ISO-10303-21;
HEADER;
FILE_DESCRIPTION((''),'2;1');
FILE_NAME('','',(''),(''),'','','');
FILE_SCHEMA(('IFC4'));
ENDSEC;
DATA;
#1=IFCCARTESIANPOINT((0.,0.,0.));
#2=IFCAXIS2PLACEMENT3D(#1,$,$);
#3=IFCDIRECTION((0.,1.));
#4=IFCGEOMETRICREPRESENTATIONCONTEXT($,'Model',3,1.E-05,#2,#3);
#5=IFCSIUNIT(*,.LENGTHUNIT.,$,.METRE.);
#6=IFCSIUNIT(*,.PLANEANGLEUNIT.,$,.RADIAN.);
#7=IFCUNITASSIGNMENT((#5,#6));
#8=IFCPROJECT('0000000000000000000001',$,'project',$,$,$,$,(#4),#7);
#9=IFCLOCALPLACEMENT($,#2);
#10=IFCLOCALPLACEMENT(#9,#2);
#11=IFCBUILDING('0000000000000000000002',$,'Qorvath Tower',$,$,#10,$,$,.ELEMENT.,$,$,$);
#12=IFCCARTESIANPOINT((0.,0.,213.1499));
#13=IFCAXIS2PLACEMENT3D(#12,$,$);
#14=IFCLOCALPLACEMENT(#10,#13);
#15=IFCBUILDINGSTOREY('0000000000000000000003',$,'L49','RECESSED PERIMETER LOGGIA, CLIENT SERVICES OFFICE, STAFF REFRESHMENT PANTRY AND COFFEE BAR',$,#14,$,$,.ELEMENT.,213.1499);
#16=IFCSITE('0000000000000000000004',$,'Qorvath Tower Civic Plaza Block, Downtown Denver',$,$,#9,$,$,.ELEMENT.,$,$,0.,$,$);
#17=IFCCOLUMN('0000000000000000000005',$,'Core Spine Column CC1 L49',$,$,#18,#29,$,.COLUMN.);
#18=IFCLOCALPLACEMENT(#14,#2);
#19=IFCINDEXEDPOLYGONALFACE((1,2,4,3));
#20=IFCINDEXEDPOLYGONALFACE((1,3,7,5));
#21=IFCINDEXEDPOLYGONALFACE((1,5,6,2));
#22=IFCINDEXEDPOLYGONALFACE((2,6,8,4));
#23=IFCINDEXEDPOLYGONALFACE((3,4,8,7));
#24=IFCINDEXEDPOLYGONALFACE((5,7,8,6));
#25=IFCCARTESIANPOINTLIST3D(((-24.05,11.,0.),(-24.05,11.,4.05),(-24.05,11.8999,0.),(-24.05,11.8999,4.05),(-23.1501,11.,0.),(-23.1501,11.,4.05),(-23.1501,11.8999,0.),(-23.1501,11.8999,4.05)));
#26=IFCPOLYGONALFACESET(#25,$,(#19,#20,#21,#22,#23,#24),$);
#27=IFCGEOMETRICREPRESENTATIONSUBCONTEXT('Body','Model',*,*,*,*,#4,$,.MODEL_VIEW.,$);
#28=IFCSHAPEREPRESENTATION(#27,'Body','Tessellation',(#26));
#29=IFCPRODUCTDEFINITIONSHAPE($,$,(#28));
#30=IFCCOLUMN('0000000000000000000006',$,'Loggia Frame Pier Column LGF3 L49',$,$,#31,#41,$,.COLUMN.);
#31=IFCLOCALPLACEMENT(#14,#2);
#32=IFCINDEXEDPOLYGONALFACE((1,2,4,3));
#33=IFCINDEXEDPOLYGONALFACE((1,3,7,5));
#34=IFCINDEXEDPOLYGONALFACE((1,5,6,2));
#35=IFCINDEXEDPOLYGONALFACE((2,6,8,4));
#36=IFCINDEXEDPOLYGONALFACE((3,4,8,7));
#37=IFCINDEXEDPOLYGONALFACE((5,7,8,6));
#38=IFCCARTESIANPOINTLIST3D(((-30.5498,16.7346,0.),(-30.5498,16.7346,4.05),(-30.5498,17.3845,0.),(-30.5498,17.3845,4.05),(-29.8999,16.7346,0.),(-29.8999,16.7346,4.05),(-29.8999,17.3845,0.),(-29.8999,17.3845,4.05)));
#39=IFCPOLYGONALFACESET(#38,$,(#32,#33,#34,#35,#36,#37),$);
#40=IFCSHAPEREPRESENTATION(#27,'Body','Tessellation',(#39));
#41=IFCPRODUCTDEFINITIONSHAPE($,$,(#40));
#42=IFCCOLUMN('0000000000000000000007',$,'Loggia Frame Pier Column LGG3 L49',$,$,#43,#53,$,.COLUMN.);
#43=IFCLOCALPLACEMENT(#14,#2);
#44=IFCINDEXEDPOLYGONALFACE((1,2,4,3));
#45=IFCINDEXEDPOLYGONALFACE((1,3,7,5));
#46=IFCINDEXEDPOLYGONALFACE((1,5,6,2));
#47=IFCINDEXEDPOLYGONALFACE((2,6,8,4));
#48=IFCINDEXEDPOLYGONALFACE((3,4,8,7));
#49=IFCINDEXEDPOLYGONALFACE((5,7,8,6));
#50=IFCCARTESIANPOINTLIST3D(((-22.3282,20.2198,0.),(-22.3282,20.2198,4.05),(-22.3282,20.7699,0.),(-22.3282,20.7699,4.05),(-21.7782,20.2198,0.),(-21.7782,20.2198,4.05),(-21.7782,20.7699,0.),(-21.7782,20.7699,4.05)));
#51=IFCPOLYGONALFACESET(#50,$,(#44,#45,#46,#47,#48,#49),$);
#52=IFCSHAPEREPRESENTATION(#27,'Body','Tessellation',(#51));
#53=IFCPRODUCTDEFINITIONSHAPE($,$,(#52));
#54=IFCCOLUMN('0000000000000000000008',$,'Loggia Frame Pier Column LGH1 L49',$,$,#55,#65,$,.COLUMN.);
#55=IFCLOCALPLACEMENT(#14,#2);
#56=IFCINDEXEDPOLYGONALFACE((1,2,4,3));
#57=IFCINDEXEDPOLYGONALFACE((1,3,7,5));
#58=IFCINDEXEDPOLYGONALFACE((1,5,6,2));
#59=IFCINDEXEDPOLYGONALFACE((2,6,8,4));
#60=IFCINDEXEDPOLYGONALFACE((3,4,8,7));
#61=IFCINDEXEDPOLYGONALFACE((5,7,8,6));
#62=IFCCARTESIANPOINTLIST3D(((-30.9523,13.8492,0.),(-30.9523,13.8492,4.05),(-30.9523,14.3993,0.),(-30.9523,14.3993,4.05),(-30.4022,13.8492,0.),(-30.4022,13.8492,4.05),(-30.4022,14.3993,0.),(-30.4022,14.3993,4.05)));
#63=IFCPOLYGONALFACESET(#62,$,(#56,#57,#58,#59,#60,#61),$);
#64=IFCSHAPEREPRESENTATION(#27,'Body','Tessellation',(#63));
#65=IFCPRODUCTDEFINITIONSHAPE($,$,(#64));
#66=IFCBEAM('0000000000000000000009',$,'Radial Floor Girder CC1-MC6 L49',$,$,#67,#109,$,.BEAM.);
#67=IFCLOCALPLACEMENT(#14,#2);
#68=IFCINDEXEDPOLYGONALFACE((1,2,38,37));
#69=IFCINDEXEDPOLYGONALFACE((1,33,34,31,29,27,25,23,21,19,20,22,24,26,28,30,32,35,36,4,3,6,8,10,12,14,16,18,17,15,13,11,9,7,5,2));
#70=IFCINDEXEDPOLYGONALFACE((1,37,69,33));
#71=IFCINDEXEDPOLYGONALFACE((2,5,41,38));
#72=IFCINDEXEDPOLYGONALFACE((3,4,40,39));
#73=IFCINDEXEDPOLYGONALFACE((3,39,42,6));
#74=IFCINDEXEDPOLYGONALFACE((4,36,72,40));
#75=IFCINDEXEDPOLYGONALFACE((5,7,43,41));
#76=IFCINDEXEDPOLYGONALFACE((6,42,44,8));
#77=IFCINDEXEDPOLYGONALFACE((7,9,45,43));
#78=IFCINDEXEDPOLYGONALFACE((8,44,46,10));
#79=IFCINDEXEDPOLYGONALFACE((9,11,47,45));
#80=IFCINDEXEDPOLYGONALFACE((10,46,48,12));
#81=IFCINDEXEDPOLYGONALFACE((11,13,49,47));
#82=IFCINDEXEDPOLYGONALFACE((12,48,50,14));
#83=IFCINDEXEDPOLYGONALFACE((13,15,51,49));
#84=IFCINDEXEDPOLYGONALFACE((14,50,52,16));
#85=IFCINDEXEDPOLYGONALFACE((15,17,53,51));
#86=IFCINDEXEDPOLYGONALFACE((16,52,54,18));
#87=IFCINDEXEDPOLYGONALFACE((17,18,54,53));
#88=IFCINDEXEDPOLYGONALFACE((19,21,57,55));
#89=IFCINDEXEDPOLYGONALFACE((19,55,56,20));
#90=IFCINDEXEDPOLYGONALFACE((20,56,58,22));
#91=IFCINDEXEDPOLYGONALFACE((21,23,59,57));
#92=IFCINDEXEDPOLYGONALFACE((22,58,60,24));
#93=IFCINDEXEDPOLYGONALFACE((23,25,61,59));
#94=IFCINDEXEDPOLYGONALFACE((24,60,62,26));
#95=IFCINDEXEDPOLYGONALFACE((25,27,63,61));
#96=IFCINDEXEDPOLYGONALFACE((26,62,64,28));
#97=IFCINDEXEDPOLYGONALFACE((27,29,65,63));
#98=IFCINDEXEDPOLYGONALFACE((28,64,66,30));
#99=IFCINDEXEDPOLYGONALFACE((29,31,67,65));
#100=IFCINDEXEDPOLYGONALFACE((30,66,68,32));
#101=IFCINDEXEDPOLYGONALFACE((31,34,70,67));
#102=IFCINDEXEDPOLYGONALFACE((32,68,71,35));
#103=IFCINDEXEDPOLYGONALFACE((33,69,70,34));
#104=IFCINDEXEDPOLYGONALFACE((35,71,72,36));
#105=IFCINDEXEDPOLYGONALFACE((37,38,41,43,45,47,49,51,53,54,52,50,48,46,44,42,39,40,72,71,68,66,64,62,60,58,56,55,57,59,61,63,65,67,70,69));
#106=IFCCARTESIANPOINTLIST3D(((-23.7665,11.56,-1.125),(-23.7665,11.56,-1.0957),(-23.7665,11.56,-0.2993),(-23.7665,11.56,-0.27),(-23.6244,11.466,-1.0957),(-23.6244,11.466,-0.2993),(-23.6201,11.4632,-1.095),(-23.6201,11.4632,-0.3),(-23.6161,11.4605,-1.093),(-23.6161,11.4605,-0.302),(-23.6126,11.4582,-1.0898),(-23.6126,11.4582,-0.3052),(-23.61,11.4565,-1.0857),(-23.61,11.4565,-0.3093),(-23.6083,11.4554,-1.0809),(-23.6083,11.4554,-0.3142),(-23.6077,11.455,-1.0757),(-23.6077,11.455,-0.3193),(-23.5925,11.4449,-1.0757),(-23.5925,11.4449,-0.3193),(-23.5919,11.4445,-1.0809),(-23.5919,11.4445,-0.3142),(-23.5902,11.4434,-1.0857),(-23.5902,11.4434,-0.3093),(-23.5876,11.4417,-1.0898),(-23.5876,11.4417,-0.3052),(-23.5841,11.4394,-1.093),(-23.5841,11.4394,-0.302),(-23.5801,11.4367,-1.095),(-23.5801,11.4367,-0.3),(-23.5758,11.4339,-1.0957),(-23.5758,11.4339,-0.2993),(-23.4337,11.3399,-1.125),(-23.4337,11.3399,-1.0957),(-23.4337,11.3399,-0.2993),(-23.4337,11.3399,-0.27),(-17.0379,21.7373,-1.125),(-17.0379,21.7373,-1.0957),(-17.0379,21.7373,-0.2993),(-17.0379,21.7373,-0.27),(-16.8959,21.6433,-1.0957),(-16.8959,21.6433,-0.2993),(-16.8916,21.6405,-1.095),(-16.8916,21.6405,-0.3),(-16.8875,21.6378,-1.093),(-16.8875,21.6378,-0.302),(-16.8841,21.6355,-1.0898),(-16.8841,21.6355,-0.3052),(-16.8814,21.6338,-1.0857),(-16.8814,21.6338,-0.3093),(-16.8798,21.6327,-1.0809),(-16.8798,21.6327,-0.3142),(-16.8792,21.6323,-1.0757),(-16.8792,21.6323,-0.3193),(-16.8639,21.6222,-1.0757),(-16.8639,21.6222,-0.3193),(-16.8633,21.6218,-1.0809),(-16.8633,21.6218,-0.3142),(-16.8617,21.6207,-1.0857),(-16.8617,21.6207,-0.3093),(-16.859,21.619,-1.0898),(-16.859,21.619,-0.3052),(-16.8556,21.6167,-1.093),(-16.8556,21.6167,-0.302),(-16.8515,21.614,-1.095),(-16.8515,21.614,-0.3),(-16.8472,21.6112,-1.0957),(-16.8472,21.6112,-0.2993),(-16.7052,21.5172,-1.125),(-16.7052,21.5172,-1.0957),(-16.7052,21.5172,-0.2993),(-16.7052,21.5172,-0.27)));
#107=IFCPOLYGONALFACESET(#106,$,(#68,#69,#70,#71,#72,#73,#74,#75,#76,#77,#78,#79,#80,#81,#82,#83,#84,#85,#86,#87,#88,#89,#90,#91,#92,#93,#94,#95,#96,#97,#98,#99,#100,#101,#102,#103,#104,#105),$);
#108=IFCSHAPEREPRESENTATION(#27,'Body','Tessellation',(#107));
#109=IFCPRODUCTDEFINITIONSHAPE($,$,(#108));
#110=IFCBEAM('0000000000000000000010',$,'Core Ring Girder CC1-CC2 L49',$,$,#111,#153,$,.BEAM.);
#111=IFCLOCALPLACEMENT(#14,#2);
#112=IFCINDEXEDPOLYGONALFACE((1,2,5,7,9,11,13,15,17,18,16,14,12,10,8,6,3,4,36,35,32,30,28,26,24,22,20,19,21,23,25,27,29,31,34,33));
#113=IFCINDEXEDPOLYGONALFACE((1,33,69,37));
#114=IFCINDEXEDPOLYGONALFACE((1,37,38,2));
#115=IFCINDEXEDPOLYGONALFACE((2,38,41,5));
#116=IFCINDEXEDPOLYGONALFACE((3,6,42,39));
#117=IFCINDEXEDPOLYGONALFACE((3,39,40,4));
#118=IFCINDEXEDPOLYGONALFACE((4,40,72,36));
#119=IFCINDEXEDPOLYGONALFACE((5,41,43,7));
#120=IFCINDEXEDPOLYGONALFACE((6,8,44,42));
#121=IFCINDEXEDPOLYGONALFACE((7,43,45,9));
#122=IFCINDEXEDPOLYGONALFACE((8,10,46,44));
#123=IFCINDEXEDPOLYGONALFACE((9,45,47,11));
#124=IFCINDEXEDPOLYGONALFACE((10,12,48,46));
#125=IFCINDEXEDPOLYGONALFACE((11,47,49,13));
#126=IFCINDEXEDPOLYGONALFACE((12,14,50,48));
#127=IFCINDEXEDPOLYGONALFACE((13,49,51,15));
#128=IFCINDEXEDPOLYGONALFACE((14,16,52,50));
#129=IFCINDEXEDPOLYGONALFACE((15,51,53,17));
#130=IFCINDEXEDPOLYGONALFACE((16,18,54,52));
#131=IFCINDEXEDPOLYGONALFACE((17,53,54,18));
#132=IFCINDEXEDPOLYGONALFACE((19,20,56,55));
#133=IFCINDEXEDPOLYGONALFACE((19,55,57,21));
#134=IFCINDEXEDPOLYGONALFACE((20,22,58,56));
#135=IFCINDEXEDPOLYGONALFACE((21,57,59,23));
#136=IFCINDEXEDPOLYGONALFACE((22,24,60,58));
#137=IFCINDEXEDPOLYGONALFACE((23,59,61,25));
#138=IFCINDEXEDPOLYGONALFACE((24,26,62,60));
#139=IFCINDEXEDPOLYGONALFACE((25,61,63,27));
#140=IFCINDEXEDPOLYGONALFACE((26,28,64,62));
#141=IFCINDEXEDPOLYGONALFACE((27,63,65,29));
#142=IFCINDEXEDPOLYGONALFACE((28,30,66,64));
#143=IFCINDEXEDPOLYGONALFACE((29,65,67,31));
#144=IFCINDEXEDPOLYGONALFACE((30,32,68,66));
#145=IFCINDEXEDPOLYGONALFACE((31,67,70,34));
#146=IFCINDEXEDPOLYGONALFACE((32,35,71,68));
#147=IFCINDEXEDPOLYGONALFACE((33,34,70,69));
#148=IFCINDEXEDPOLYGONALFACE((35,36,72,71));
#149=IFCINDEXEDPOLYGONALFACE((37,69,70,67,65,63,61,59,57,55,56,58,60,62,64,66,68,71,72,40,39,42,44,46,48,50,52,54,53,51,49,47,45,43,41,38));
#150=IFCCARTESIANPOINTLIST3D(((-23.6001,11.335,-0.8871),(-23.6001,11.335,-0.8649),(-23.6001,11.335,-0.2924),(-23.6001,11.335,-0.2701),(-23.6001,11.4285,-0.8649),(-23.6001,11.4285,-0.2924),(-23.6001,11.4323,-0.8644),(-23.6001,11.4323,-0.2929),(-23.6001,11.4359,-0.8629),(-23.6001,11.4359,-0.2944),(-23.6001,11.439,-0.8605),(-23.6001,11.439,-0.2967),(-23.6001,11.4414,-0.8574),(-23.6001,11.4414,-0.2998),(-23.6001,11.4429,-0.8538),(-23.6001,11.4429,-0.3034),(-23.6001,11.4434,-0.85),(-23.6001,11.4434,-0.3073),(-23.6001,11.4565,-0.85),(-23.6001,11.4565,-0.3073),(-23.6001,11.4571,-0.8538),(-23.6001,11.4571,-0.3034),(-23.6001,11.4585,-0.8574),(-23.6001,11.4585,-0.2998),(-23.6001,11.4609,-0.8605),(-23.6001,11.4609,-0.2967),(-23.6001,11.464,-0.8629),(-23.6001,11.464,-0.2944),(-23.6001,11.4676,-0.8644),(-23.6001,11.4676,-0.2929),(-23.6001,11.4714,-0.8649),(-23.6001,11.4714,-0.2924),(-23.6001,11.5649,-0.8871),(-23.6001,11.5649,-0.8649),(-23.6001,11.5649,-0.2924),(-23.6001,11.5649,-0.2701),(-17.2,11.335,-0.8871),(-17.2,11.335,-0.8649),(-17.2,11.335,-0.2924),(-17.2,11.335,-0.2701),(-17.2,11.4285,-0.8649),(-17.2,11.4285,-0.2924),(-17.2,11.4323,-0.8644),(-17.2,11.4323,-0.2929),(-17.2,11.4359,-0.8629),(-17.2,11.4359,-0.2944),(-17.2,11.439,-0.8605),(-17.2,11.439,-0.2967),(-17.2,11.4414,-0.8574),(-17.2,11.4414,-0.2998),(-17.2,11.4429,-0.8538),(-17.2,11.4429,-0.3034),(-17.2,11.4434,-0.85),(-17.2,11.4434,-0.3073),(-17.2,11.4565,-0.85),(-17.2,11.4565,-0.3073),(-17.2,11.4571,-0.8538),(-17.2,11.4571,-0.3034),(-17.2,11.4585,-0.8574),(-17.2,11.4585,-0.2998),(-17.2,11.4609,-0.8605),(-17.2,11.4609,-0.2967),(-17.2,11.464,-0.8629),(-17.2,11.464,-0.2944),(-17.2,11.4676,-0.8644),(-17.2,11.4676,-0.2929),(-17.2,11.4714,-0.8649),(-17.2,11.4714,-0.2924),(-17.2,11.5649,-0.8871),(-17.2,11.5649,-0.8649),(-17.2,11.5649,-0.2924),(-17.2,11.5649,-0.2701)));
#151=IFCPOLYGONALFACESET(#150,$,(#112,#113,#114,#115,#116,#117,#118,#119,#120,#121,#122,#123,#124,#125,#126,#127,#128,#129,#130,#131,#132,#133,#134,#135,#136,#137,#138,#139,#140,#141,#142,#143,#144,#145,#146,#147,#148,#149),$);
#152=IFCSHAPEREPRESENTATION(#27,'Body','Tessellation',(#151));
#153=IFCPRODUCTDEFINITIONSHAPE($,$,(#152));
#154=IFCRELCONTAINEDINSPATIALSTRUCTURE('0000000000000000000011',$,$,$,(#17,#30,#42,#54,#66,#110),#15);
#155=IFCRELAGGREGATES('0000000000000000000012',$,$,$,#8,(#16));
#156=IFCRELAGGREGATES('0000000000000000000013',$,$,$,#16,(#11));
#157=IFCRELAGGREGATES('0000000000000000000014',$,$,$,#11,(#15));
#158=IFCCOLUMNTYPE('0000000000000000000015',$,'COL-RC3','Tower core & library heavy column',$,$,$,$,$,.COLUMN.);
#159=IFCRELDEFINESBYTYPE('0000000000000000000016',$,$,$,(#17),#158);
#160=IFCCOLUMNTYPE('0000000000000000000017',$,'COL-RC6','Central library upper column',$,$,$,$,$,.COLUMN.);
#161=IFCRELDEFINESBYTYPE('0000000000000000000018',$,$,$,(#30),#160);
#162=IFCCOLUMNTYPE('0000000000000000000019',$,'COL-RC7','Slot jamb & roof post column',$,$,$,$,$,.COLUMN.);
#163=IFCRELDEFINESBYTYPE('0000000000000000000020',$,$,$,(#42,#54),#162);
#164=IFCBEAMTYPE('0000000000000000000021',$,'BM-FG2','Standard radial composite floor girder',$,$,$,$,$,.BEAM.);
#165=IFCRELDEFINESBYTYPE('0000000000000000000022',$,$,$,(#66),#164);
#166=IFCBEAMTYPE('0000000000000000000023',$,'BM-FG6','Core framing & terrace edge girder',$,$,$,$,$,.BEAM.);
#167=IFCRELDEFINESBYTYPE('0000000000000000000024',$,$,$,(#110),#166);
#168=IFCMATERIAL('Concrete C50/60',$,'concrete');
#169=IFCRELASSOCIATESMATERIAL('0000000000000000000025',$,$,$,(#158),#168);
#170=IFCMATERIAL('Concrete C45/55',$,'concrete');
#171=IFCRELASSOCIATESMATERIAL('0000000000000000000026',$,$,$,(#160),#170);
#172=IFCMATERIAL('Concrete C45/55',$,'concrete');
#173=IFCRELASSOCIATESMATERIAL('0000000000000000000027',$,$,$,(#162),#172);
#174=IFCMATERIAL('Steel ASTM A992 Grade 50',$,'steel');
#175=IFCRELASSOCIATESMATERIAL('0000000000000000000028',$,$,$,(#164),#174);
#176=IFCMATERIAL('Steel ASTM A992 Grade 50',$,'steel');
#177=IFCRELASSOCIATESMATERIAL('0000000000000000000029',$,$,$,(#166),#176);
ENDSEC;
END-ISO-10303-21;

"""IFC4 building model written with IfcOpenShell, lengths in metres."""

from ifc_helpers import new_model, si_unit, direction, frame, origin, origin_2d, place, context, subcontext, project, spatial, rectangle, i_section, extrude, material, material_profile, profile_set, type_object, element, save


model = new_model("IFC4")

# Units and contexts
model_context = context("Model", 3, precision=1e-05, world=origin(), true_north=direction((0.0, 1.0)))
body_context = subcontext(model_context, "Body", "Model", "MODEL_VIEW")
ifc_project = project(units=[si_unit("LENGTHUNIT", "METRE"), si_unit("PLANEANGLEUNIT", "RADIAN")], contexts=[model_context])

# Site, building, storey
site_placement = place(None, origin())
site = spatial("IfcSite", under=ifc_project, at=site_placement, Name="Qorvath Tower Civic Plaza Block, Downtown Denver", CompositionType="ELEMENT", RefElevation=0.0)
building_placement = place(site_placement, origin())
building = spatial("IfcBuilding", under=site, at=building_placement, Name="Qorvath Tower", CompositionType="ELEMENT")
storey_placement = place(building_placement, frame((0.0, 0.0, 213.1499)))
storey = spatial("IfcBuildingStorey", under=building, at=storey_placement, Name="L49", Description="RECESSED PERIMETER LOGGIA, CLIENT SERVICES OFFICE, STAFF REFRESHMENT PANTRY AND COFFEE BAR", CompositionType="ELEMENT", Elevation=213.1499)

# Columns
ifc_material_1 = material(Name="Concrete C50/60", Category="concrete")
ifc_material_profile_1 = material_profile(ifc_material_1, rectangle(XDim=0.8999, YDim=0.8999, at=origin_2d()), Name="RC 900x900")
ifc_profile_set_1 = profile_set([ifc_material_profile_1], Name="Concrete C50/60")
column_type_1 = type_object("IfcColumnType", Name="COL-RC3", Description="Tower core & library heavy column", PredefinedType="COLUMN", material=ifc_profile_set_1)
column_1_placement = place(storey_placement, frame((-23.6001, 11.45, 0.0), z_axis=(0.0, 0.0, 1.0), x_axis=(1.0, 0.0, 0.0)))
element("IfcColumn", 1, at=column_1_placement, inside=storey, type_object=column_type_1, Name="Core Spine Column CC1 L49", PredefinedType="COLUMN", context=body_context, shape_type="SweptSolid", body=[
    extrude(rectangle(XDim=0.8999, YDim=0.8999, at=origin_2d()), origin(), (0.0, 0.0, 1.0), 4.05),
])
ifc_material_2 = material(Name="Concrete C45/55", Category="concrete")
ifc_material_profile_2 = material_profile(ifc_material_2, rectangle(XDim=0.6499, YDim=0.6499, at=origin_2d()), Name="RC 650x650")
ifc_profile_set_2 = profile_set([ifc_material_profile_2], Name="Concrete C45/55")
column_type_2 = type_object("IfcColumnType", Name="COL-RC6", Description="Central library upper column", PredefinedType="COLUMN", material=ifc_profile_set_2)
column_2_placement = place(storey_placement, frame((-30.2249, 17.0596, 0.0), z_axis=(0.0, 0.0, 1.0), x_axis=(1.0, 0.0, 0.0)))
element("IfcColumn", 2, at=column_2_placement, inside=storey, type_object=column_type_2, Name="Loggia Frame Pier Column LGF3 L49", PredefinedType="COLUMN", context=body_context, shape_type="SweptSolid", body=[
    extrude(rectangle(XDim=0.6499, YDim=0.6499, at=origin_2d()), origin(), (0.0, 0.0, 1.0), 4.05),
])
ifc_material_3 = material(Name="Concrete C45/55", Category="concrete")
ifc_material_profile_3 = material_profile(ifc_material_3, rectangle(XDim=0.55, YDim=0.55, at=origin_2d()), Name="RC 550x550")
ifc_profile_set_3 = profile_set([ifc_material_profile_3], Name="Concrete C45/55")
column_type_3 = type_object("IfcColumnType", Name="COL-RC7", Description="Slot jamb & roof post column", PredefinedType="COLUMN", material=ifc_profile_set_3)
for number, where, z_axis, x_axis, name in (
    (3, (-22.0532, 20.4949, 0.0), (0.0, 0.0, 1.0), (1.0, 0.0, 0.0), "Loggia Frame Pier Column LGG3 L49"),
    (4, (-30.6772, 14.1243, 0.0), (0.0, 0.0, 1.0), (1.0, 0.0, 0.0), "Loggia Frame Pier Column LGH1 L49"),
):
    element("IfcColumn", number, at=place(storey_placement, frame(where, z_axis=z_axis, x_axis=x_axis)), inside=storey, type_object=column_type_3, Name=name, PredefinedType="COLUMN", context=body_context, shape_type="SweptSolid", body=[
        extrude(rectangle(XDim=0.55, YDim=0.55, at=origin_2d()), origin(), (0.0, 0.0, 1.0), 4.05),
    ])

# Beams
ifc_material_4 = material(Name="Steel ASTM A992 Grade 50", Category="steel")
ifc_material_profile_4 = material_profile(ifc_material_4, i_section(OverallWidth=0.3989, OverallDepth=0.855, WebThickness=0.0183, FlangeThickness=0.0293, FilletRadius=0.02, at=origin_2d()), Name="W33x201")
ifc_profile_set_4 = profile_set([ifc_material_profile_4], Name="Steel ASTM A992 Grade 50")
beam_type_1 = type_object("IfcBeamType", Name="BM-FG2", Description="Standard radial composite floor girder", PredefinedType="BEAM", material=ifc_profile_set_4)
beam_1_placement = place(storey_placement, frame((-23.6001, 11.45, -0.6975), z_axis=(0.551501, 0.834175, 0.0), x_axis=(-0.834175, 0.551501, 0.0)))
element("IfcBeam", 5, at=beam_1_placement, inside=storey, type_object=beam_type_1, Name="Radial Floor Girder CC1-MC6 L49", PredefinedType="BEAM", context=body_context, shape_type="SweptSolid", body=[
    extrude(i_section(OverallWidth=0.3989, OverallDepth=0.855, WebThickness=0.0183, FlangeThickness=0.0293, FilletRadius=0.02, at=origin_2d()), origin(), (0.0, 0.0, 1.0), 12.2004),
])
ifc_material_5 = material(Name="Steel ASTM A992 Grade 50", Category="steel")
ifc_material_profile_5 = material_profile(ifc_material_5, i_section(OverallWidth=0.23, OverallDepth=0.6169, WebThickness=0.0132, FlangeThickness=0.0222, FilletRadius=0.0149, at=origin_2d()), Name="W24x94")
ifc_profile_set_5 = profile_set([ifc_material_profile_5], Name="Steel ASTM A992 Grade 50")
beam_type_2 = type_object("IfcBeamType", Name="BM-FG6", Description="Core framing & terrace edge girder", PredefinedType="BEAM", material=ifc_profile_set_5)
beam_2_placement = place(storey_placement, frame((-23.6001, 11.45, -0.5786), z_axis=(1.0, 0.0, 0.0), x_axis=(0.0, 1.0, 0.0)))
element("IfcBeam", 6, at=beam_2_placement, inside=storey, type_object=beam_type_2, Name="Core Ring Girder CC1-CC2 L49", PredefinedType="BEAM", context=body_context, shape_type="SweptSolid", body=[
    extrude(i_section(OverallWidth=0.23, OverallDepth=0.6169, WebThickness=0.0132, FlangeThickness=0.0222, FilletRadius=0.0149, at=origin_2d()), origin(), (0.0, 0.0, 1.0), 6.4001),
])

save(model, "model.ifc")
